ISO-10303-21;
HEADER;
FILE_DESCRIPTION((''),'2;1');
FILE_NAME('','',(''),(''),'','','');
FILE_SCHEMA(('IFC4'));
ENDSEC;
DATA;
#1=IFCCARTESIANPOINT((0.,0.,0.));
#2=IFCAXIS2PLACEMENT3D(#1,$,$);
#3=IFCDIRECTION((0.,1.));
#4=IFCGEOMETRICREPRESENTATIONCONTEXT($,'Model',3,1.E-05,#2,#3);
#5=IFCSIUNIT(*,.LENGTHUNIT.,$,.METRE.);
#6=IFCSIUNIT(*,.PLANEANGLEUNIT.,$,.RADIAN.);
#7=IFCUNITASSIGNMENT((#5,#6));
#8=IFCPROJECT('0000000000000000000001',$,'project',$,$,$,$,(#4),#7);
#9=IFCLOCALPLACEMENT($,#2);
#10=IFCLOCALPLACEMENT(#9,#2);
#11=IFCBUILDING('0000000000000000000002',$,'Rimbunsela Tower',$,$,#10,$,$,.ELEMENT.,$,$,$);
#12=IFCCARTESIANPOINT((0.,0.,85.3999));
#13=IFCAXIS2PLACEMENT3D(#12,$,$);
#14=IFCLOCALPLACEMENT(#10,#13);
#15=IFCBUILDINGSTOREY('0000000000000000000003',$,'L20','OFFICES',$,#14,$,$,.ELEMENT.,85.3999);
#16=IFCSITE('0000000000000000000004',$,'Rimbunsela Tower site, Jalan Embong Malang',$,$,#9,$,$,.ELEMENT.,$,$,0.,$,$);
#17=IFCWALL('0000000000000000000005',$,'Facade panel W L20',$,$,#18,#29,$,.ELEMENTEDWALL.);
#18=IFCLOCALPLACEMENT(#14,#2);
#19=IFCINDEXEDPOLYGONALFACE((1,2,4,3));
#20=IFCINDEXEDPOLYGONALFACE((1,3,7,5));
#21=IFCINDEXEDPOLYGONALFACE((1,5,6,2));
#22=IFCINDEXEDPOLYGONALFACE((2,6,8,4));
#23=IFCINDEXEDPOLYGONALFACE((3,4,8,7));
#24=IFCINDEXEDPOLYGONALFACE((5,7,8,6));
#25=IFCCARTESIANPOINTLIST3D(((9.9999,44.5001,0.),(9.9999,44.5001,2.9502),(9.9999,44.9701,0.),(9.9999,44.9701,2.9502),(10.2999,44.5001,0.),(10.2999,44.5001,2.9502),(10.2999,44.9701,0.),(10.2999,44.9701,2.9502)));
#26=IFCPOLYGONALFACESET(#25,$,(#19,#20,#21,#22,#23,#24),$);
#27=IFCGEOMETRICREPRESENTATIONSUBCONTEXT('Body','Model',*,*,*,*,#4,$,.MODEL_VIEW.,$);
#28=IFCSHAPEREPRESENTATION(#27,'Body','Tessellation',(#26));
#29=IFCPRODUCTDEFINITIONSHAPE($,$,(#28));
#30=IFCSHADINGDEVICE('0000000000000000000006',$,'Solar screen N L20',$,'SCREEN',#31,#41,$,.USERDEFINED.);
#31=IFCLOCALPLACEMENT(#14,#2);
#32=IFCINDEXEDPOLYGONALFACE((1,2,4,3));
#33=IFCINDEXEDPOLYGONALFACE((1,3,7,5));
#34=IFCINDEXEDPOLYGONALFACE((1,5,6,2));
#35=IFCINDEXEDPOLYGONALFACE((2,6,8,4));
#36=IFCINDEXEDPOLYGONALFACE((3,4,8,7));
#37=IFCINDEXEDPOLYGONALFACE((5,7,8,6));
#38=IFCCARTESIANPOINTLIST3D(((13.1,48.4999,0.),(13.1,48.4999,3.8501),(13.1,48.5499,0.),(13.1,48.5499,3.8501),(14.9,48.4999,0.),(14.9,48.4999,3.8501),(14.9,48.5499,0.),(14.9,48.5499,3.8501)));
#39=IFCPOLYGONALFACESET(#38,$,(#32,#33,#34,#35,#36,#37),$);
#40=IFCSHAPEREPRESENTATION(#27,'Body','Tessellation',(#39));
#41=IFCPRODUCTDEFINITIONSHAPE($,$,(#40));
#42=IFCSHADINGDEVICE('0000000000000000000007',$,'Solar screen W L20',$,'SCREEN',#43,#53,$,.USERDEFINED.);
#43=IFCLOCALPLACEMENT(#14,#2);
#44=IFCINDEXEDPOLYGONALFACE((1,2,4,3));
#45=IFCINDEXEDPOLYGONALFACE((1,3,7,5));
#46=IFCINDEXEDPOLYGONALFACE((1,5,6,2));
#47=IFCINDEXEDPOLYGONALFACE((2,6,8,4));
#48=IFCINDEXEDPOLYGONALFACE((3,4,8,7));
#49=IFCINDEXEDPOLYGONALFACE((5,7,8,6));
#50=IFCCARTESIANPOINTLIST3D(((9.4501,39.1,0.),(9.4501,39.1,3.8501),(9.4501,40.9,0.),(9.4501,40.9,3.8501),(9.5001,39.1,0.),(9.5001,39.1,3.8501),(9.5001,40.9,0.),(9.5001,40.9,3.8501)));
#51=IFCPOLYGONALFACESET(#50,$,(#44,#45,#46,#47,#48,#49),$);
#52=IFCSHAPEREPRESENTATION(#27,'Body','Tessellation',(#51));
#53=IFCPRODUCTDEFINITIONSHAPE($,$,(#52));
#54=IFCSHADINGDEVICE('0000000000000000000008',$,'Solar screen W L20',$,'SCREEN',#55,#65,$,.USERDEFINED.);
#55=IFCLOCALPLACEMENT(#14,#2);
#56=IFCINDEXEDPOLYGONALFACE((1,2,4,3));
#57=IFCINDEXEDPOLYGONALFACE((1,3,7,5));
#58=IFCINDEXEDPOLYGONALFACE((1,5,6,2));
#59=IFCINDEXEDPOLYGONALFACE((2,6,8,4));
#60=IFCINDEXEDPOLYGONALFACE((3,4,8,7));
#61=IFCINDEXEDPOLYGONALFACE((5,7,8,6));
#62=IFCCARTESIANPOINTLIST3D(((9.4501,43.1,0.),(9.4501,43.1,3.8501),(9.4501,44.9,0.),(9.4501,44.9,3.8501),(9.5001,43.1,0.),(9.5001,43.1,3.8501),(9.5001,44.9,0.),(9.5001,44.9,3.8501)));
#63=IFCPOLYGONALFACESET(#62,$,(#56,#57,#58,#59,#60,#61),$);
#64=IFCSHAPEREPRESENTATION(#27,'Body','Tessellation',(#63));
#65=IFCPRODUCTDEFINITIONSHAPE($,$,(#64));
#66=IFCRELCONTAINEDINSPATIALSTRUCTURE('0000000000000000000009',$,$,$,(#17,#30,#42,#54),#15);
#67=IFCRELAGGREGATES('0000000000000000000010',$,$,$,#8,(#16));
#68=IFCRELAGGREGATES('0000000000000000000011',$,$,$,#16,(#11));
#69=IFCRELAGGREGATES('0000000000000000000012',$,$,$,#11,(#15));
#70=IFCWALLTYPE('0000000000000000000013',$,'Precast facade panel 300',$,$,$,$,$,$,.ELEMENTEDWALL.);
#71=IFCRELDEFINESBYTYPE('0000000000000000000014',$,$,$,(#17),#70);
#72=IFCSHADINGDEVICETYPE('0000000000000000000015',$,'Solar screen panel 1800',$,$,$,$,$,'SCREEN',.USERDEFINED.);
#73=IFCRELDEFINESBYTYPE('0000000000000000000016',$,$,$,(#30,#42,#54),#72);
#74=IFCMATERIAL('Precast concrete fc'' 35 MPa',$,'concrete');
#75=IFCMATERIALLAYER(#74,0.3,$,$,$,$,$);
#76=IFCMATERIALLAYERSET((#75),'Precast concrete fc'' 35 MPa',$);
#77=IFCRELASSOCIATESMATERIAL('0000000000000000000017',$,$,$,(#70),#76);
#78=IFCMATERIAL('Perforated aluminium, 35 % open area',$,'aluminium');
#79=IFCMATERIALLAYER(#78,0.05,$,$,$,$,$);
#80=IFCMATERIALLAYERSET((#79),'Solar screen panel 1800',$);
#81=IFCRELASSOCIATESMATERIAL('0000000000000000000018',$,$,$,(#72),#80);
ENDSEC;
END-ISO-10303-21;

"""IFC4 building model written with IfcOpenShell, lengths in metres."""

from ifc_helpers import new_model, si_unit, direction, frame, frame_2d, origin, origin_2d, place, context, subcontext, project, spatial, rectangle, extrude, material, layer, layer_set, type_object, element, save


model = new_model("IFC4")

# Units and contexts
model_context = context("Model", 3, precision=1e-05, world=origin(), true_north=direction((0.0, 1.0)))
body_context = subcontext(model_context, "Body", "Model", "MODEL_VIEW")
ifc_project = project(units=[si_unit("LENGTHUNIT", "METRE"), si_unit("PLANEANGLEUNIT", "RADIAN")], contexts=[model_context])

# Site, building, storey
site_placement = place(None, origin())
site = spatial("IfcSite", under=ifc_project, at=site_placement, Name="Rimbunsela Tower site, Jalan Embong Malang", CompositionType="ELEMENT", RefElevation=0.0)
building_placement = place(site_placement, origin())
building = spatial("IfcBuilding", under=site, at=building_placement, Name="Rimbunsela Tower", CompositionType="ELEMENT")
storey_placement = place(building_placement, frame((0.0, 0.0, 85.3999)))
storey = spatial("IfcBuildingStorey", under=building, at=storey_placement, Name="L20", Description="OFFICES", CompositionType="ELEMENT", Elevation=85.3999)

# Shared definitions
ifc_material_1 = material(Name="Precast concrete fc' 35 MPa", Category="concrete")
ifc_layer_1 = layer(ifc_material_1, 0.3)
ifc_layer_set_1 = layer_set([ifc_layer_1], Name="Precast concrete fc' 35 MPa")
wall_type = type_object("IfcWallType", Name="Precast facade panel 300", PredefinedType="ELEMENTEDWALL", material=ifc_layer_set_1)

# Wall
wall_1_placement = place(storey_placement, frame((10.1499, 44.97, 0.0), z_axis=(0.0, 0.0, 1.0), x_axis=(0.0, -1.0, 0.0)))
element("IfcWall", 1, at=wall_1_placement, inside=storey, type_object=wall_type, Name="Facade panel W L20", PredefinedType="ELEMENTEDWALL", context=body_context, shape_type="SweptSolid", body=[
    extrude(rectangle(XDim=0.47, YDim=0.3, at=frame_2d((0.2349, 0.0))), origin(), (0.0, 0.0, 1.0), 2.9502),
])

# Shading devices
ifc_material_2 = material(Name="Perforated aluminium, 35 % open area", Category="aluminium")
ifc_layer_2 = layer(ifc_material_2, 0.05)
ifc_layer_set_2 = layer_set([ifc_layer_2], Name="Solar screen panel 1800")
shading_device_type = type_object("IfcShadingDeviceType", Name="Solar screen panel 1800", ElementType="SCREEN", PredefinedType="USERDEFINED", material=ifc_layer_set_2)
for number, where, z_axis, x_axis, name in (
    (2, (14.0, 48.5249, 0.0), (0.0, 0.0, 1.0), (1.0, 0.0, 0.0), "Solar screen N L20"),
    (3, (9.4751, 40.0, 0.0), (0.0, 0.0, 1.0), (0.0, 1.0, 0.0), "Solar screen W L20"),
    (4, (9.4751, 44.0, 0.0), (0.0, 0.0, 1.0), (0.0, 1.0, 0.0), "Solar screen W L20"),
):
    element("IfcShadingDevice", number, at=place(storey_placement, frame(where, z_axis=z_axis, x_axis=x_axis)), inside=storey, type_object=shading_device_type, Name=name, ObjectType="SCREEN", PredefinedType="USERDEFINED", context=body_context, shape_type="SweptSolid", body=[
        extrude(rectangle(XDim=1.8, YDim=0.05, at=origin_2d()), origin(), (0.0, 0.0, 1.0), 3.8501),
    ])

save(model, "model.ifc")
